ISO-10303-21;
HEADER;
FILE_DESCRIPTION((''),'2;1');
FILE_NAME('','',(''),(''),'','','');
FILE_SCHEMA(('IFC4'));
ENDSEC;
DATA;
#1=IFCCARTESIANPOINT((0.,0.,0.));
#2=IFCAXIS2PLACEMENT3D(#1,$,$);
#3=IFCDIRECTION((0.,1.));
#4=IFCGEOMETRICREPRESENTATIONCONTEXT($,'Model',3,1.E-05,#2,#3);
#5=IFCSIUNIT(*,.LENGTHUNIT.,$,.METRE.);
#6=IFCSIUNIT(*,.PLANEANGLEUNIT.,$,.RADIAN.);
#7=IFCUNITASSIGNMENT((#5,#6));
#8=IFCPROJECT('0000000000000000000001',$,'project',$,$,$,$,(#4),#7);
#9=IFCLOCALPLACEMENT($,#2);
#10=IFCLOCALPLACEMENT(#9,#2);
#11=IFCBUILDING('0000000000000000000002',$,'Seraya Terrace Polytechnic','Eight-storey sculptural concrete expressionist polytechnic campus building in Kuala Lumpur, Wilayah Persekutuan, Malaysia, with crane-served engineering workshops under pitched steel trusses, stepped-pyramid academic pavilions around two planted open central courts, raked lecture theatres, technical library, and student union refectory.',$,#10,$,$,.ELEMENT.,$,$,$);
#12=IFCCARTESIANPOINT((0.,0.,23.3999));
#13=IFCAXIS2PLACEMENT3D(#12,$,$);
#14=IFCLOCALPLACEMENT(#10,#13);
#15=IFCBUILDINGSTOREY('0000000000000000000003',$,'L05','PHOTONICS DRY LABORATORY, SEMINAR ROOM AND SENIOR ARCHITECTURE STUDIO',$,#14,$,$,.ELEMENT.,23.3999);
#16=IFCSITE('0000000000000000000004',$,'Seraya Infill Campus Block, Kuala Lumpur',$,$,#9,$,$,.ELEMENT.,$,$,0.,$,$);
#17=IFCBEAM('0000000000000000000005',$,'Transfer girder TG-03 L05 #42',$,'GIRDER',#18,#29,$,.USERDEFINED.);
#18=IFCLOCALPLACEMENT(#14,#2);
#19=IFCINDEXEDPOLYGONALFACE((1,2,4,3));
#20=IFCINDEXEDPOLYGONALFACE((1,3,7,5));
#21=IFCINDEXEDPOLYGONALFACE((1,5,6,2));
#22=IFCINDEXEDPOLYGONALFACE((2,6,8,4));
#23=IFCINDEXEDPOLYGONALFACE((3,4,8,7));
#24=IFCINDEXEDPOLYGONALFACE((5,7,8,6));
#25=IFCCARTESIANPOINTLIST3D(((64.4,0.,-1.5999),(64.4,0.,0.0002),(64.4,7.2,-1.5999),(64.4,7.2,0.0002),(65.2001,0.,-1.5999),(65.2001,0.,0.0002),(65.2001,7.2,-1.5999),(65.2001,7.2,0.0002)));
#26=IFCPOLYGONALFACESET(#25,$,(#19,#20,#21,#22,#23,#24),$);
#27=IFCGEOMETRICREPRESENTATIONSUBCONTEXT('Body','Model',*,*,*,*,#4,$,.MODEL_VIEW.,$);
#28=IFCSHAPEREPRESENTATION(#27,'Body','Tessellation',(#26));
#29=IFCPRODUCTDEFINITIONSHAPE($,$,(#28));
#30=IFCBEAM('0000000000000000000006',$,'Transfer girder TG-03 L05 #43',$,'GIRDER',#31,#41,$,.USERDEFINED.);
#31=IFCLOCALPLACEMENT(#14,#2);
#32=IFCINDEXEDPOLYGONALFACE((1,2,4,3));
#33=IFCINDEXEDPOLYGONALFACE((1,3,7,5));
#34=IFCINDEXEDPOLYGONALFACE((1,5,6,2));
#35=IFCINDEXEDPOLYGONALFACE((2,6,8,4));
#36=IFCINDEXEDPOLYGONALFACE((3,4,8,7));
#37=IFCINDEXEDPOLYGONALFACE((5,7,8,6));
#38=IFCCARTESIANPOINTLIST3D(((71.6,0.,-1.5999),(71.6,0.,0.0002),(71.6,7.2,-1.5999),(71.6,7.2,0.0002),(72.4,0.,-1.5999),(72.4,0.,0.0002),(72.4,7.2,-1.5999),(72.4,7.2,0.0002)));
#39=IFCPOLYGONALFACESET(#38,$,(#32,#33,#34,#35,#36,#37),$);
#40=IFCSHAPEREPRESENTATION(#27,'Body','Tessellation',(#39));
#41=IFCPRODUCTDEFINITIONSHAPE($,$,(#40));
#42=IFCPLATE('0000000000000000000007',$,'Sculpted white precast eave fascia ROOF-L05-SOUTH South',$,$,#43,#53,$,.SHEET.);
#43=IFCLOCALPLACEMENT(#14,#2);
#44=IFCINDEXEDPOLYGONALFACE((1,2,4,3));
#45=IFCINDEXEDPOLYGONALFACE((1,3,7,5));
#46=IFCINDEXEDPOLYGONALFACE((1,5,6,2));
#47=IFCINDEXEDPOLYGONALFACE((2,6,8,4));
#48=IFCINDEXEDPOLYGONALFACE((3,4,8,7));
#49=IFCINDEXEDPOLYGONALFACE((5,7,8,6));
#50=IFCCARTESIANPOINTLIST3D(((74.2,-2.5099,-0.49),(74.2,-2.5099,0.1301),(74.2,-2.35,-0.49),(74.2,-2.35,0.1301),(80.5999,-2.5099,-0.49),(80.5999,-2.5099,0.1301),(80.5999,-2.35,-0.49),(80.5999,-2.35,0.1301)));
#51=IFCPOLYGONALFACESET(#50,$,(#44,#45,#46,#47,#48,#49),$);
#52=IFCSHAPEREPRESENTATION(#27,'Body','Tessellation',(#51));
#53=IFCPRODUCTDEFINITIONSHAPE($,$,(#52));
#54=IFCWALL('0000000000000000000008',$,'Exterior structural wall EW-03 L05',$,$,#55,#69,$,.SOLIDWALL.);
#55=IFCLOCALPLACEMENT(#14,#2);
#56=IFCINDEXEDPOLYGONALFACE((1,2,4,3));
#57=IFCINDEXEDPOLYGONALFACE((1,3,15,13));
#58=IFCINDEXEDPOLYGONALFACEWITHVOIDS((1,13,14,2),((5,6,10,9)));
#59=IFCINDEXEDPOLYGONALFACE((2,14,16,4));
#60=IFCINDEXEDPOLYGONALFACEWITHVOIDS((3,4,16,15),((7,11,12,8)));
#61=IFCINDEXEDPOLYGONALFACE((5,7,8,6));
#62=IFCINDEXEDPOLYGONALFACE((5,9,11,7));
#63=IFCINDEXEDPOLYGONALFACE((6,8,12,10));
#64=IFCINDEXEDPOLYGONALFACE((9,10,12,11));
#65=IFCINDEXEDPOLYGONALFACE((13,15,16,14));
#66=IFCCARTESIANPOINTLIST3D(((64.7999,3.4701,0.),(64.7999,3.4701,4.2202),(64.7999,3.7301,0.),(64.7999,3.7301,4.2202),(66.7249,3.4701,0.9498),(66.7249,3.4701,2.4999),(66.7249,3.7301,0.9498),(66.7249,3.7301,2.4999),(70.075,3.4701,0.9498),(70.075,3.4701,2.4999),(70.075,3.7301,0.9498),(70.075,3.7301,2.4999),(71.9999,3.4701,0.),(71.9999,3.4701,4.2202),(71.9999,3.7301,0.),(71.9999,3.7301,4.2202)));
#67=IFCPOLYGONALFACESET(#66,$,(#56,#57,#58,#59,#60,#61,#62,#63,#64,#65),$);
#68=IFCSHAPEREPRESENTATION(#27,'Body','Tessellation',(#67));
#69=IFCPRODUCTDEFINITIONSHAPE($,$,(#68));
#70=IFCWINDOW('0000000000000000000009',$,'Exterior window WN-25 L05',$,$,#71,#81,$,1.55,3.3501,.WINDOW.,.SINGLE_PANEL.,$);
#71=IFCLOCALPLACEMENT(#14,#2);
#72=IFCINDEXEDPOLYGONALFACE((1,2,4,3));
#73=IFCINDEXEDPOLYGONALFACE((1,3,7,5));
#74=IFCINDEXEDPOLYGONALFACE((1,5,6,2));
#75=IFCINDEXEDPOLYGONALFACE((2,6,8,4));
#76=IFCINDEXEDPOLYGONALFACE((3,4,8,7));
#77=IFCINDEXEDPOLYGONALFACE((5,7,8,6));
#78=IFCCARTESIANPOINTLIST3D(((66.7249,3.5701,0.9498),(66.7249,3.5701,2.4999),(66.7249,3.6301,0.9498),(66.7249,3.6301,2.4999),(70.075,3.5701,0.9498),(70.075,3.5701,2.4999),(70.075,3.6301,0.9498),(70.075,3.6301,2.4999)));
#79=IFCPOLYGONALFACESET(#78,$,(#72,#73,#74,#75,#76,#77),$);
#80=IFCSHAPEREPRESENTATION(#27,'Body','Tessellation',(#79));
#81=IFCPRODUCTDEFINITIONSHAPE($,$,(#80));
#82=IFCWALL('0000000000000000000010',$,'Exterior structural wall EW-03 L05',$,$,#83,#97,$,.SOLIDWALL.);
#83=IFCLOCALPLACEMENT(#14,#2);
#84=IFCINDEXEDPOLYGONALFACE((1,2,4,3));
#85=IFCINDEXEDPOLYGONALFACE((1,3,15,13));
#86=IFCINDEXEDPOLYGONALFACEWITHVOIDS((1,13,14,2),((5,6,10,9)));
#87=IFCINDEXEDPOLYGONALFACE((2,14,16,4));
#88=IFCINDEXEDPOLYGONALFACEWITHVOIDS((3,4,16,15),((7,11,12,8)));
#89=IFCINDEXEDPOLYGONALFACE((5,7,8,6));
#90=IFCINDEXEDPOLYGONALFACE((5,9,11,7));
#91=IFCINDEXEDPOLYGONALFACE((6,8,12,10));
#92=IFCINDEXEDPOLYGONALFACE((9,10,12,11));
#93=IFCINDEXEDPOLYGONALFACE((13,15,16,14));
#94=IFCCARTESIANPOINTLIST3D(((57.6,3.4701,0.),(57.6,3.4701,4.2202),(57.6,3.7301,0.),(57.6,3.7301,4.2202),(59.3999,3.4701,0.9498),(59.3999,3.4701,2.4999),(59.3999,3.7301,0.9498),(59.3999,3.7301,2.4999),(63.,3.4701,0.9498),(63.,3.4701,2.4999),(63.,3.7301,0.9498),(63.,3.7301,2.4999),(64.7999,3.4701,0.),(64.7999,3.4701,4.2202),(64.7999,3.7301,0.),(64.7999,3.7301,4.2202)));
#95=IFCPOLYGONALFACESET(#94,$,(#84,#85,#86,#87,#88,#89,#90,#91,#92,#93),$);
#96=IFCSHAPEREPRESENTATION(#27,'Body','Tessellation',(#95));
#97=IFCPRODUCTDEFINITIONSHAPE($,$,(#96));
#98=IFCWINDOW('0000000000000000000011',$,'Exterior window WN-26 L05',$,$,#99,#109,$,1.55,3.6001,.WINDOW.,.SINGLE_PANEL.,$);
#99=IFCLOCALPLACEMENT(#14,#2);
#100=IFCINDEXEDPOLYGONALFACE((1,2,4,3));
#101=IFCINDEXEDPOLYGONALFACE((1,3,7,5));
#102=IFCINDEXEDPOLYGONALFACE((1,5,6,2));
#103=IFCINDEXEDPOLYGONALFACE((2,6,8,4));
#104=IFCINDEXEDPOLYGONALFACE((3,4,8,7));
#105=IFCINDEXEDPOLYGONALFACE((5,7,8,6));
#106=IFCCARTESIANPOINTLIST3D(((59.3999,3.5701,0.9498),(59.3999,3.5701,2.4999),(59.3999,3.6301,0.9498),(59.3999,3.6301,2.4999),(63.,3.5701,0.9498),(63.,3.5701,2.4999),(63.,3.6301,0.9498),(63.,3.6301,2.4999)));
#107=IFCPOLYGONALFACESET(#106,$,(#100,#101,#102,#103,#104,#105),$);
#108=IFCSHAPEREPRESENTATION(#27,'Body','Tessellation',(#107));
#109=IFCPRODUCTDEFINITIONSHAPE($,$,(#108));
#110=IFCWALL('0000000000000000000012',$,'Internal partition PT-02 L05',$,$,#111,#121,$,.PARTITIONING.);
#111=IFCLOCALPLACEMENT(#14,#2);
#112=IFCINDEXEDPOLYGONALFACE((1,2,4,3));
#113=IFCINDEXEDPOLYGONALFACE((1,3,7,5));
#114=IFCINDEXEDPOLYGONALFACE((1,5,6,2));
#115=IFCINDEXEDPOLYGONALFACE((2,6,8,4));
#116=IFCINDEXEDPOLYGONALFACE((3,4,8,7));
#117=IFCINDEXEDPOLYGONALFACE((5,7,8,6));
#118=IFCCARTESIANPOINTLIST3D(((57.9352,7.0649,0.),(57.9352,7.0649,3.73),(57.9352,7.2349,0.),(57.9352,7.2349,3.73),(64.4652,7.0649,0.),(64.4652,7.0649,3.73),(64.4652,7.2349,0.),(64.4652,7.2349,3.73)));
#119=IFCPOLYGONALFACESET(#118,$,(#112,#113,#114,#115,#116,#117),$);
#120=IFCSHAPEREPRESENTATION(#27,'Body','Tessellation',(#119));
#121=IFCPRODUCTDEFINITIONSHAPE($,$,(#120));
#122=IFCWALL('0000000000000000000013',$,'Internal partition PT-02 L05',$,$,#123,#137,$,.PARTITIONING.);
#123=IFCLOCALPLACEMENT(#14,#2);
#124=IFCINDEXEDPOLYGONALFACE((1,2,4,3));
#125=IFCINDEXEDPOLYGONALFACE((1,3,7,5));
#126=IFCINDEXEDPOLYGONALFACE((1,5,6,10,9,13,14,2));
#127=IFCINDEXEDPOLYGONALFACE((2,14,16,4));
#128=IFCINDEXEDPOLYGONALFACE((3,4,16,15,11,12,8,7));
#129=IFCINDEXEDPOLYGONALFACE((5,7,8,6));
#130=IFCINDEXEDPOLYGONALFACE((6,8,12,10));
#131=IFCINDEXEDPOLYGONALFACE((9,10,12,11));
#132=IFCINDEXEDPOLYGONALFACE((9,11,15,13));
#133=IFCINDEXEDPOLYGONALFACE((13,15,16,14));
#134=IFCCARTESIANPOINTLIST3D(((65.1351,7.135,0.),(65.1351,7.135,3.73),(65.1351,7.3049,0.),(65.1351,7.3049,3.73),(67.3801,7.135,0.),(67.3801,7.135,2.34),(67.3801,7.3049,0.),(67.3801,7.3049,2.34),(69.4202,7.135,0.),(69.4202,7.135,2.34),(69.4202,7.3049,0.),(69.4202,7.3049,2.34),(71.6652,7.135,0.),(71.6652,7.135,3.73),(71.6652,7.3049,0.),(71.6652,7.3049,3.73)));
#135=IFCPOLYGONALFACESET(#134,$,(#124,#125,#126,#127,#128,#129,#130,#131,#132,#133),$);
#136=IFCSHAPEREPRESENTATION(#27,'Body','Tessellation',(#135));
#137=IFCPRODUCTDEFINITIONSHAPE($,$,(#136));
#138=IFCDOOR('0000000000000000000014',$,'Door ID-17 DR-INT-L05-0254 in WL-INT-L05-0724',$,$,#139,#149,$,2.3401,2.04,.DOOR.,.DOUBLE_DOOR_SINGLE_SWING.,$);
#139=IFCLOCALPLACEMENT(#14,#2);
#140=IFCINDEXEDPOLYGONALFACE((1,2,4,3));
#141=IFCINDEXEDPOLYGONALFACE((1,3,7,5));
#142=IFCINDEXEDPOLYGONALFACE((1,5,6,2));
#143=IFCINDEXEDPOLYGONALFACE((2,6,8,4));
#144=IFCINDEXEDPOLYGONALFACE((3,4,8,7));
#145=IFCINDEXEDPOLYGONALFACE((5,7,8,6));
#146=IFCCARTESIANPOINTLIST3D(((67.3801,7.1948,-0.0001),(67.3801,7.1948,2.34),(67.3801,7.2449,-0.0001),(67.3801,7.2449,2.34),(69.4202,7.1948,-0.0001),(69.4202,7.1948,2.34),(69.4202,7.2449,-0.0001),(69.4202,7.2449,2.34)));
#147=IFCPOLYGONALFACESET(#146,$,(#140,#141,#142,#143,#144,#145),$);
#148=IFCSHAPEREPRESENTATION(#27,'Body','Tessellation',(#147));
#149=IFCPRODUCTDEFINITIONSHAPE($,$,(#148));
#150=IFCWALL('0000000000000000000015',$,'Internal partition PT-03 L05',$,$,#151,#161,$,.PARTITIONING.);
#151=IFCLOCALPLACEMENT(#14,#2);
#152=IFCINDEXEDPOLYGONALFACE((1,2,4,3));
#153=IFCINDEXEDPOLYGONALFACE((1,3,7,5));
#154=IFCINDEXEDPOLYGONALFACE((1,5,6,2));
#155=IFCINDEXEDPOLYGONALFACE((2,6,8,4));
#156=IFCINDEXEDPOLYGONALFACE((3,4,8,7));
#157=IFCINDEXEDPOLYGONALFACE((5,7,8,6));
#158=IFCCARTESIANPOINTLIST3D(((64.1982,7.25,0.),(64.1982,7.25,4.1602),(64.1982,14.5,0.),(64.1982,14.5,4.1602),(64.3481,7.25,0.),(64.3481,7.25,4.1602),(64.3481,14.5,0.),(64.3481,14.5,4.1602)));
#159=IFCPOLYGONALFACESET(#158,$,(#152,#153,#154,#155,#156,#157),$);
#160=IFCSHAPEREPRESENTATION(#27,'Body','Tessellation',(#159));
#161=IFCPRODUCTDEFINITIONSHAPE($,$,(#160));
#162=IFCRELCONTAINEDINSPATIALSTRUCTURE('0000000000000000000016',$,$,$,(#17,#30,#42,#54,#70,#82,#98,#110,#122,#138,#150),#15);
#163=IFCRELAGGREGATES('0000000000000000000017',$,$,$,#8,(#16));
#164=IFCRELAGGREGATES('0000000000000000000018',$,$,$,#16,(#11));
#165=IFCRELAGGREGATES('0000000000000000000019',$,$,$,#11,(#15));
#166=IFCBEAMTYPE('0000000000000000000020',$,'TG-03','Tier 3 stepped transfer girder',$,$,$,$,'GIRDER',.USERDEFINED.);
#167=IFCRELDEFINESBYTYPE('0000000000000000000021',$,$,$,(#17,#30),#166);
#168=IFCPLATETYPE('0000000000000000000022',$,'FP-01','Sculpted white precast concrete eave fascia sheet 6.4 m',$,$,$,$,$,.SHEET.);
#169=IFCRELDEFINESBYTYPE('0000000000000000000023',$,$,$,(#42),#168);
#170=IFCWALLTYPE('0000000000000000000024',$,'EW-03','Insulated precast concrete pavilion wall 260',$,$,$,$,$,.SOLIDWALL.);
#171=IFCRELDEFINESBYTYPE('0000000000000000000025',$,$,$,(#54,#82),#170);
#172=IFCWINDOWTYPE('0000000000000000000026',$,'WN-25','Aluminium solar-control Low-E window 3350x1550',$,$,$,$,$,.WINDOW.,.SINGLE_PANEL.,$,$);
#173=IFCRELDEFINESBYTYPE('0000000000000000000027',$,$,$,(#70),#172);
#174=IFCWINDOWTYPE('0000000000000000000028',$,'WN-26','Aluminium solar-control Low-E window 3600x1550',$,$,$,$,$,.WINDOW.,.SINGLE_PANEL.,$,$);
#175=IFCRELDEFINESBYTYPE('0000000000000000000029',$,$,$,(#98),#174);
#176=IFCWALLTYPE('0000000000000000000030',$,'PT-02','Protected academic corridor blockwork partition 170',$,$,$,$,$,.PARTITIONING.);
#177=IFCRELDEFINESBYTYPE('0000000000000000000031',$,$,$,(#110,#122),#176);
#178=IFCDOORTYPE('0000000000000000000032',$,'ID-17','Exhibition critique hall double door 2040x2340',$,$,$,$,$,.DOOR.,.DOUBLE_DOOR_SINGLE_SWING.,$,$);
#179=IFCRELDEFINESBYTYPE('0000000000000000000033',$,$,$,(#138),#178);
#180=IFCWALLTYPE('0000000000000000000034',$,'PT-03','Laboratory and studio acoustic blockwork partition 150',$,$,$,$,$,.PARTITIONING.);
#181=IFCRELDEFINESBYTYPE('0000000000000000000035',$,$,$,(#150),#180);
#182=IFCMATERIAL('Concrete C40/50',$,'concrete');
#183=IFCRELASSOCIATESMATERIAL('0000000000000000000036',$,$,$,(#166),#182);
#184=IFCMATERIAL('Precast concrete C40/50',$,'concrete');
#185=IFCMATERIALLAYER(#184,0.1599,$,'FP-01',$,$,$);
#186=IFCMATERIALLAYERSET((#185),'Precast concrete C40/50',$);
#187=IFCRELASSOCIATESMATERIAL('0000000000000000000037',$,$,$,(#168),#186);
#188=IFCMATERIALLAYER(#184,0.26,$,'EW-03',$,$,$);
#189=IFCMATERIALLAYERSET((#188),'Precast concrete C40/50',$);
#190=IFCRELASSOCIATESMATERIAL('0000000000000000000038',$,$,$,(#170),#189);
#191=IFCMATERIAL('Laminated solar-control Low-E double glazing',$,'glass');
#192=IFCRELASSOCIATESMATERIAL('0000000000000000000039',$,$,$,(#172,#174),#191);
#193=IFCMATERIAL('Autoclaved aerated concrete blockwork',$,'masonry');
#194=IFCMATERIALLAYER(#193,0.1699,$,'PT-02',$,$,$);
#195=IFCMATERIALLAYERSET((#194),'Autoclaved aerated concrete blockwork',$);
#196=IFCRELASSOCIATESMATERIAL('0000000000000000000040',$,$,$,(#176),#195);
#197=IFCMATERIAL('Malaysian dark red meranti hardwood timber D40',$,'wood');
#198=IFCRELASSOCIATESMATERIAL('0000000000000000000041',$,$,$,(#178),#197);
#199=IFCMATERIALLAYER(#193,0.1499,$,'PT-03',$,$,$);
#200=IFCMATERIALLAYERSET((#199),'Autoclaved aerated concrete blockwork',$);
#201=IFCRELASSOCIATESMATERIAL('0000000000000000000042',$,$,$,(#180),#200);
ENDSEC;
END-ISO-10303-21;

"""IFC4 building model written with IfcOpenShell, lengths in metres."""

from ifc_helpers import new_model, si_unit, direction, frame, frame_2d, origin, origin_2d, place, context, subcontext, project, spatial, rectangle, extrude, material, layer, layer_set, material_profile, profile_set, type_object, element, fill, save


model = new_model("IFC4")

# Units and contexts
model_context = context("Model", 3, precision=1e-05, world=origin(), true_north=direction((0.0, 1.0)))
body_context = subcontext(model_context, "Body", "Model", "MODEL_VIEW")
ifc_project = project(units=[si_unit("LENGTHUNIT", "METRE"), si_unit("PLANEANGLEUNIT", "RADIAN")], contexts=[model_context])

# Site, building, storey
site_placement = place(None, origin())
site = spatial("IfcSite", under=ifc_project, at=site_placement, Name="Seraya Infill Campus Block, Kuala Lumpur", CompositionType="ELEMENT", RefElevation=0.0)
building_placement = place(site_placement, origin())
building = spatial("IfcBuilding", under=site, at=building_placement, Name="Seraya Terrace Polytechnic", Description="Eight-storey sculptural concrete expressionist polytechnic campus building in Kuala Lumpur, Wilayah Persekutuan, Malaysia, with crane-served engineering workshops under pitched steel trusses, stepped-pyramid academic pavilions around two planted open central courts, raked lecture theatres, technical library, and student union refectory.", CompositionType="ELEMENT")
storey_placement = place(building_placement, frame((0.0, 0.0, 23.3999)))
storey = spatial("IfcBuildingStorey", under=building, at=storey_placement, Name="L05", Description="PHOTONICS DRY LABORATORY, SEMINAR ROOM AND SENIOR ARCHITECTURE STUDIO", CompositionType="ELEMENT", Elevation=23.3999)

# Shared definitions
ifc_material_1 = material(Name="Concrete C40/50", Category="concrete")

# Beams
ifc_material_profile_1 = material_profile(ifc_material_1, rectangle(XDim=0.8, YDim=1.6001, at=origin_2d()), Name="RC 800x1600")
ifc_profile_set_1 = profile_set([ifc_material_profile_1], Name="Concrete C40/50")
beam_type_1 = type_object("IfcBeamType", Name="TG-03", Description="Tier 3 stepped transfer girder", ElementType="GIRDER", PredefinedType="USERDEFINED", material=ifc_profile_set_1)
for number, where, z_axis, x_axis, name in (
    (1, (64.8, 0.0, -0.7998), (0.0, 1.0, 0.0), (-1.0, 0.0, 0.0), "Transfer girder TG-03 L05 #42"),
    (2, (72.0, 0.0, -0.7998), (0.0, 1.0, 0.0), (-1.0, 0.0, 0.0), "Transfer girder TG-03 L05 #43"),
):
    element("IfcBeam", number, at=place(storey_placement, frame(where, z_axis=z_axis, x_axis=x_axis)), inside=storey, type_object=beam_type_1, Name=name, ObjectType="GIRDER", PredefinedType="USERDEFINED", context=body_context, shape_type="SweptSolid", body=[
        extrude(rectangle(XDim=0.8, YDim=1.6001, at=origin_2d()), origin(), (0.0, 0.0, 1.0), 7.2),
    ])

# Plate
ifc_material_2 = material(Name="Precast concrete C40/50", Category="concrete")
ifc_layer_1 = layer(ifc_material_2, 0.1599, Name="FP-01")
ifc_layer_set_1 = layer_set([ifc_layer_1], Name="Precast concrete C40/50")
plate_type = type_object("IfcPlateType", Name="FP-01", Description="Sculpted white precast concrete eave fascia sheet 6.4 m", PredefinedType="SHEET", material=ifc_layer_set_1)
plate_placement = place(storey_placement, frame((77.3999, -2.4299, -0.49), z_axis=(0.0, 0.0, 1.0), x_axis=(1.0, 0.0, 0.0)))
element("IfcPlate", 3, at=plate_placement, inside=storey, type_object=plate_type, Name="Sculpted white precast eave fascia ROOF-L05-SOUTH South", PredefinedType="SHEET", context=body_context, shape_type="SweptSolid", body=[
    extrude(rectangle(XDim=6.3999, YDim=0.1599, at=origin_2d()), origin(), (0.0, 0.0, 1.0), 0.6201),
])

# Walls, openings, windows
ifc_layer_2 = layer(ifc_material_2, 0.26, Name="EW-03")
ifc_layer_set_2 = layer_set([ifc_layer_2], Name="Precast concrete C40/50")
wall_type_1 = type_object("IfcWallType", Name="EW-03", Description="Insulated precast concrete pavilion wall 260", PredefinedType="SOLIDWALL", material=ifc_layer_set_2)
wall_1_placement = place(storey_placement, frame((72.0, 3.6001, 0.0), z_axis=(0.0, 0.0, 1.0), x_axis=(-1.0, 0.0, 0.0)))
wall_1 = element("IfcWall", 4, at=wall_1_placement, inside=storey, type_object=wall_type_1, Name="Exterior structural wall EW-03 L05", PredefinedType="SOLIDWALL", context=body_context, shape_type="SweptSolid", body=[
    extrude(rectangle(XDim=7.2, YDim=0.26, at=frame_2d((3.6001, 0.0))), origin(), (0.0, 0.0, 1.0), 4.2202),
])
opening_1_placement = place(wall_1_placement, frame((1.925, 0.0, 0.95)))
opening_1 = element("IfcOpeningElement", 5, at=opening_1_placement, cuts=wall_1, PredefinedType="OPENING", context=body_context, shape_type="SweptSolid", body=[
    extrude(rectangle(XDim=3.3501, YDim=1.55, at=frame_2d((1.675, 0.7749))), frame((0.0, 0.1421, 0.0), z_axis=(0.0, -1.0, 0.0), x_axis=(1.0, 0.0, 0.0)), (0.0, 0.0, 1.0), 0.2839),
])
ifc_material_3 = material(Name="Laminated solar-control Low-E double glazing", Category="glass")
window_type_1 = type_object("IfcWindowType", Name="WN-25", Description="Aluminium solar-control Low-E window 3350x1550", PartitioningType="SINGLE_PANEL", PredefinedType="WINDOW", material=ifc_material_3)
window_1_placement = place(opening_1_placement, origin())
window_1 = element("IfcWindow", 6, at=window_1_placement, inside=storey, type_object=window_type_1, Name="Exterior window WN-25 L05", OverallHeight=1.55, OverallWidth=3.3501, PartitioningType="SINGLE_PANEL", PredefinedType="WINDOW", context=body_context, shape_type="SweptSolid", body=[
    extrude(rectangle(XDim=3.3501, YDim=1.55, at=frame_2d((1.675, 0.7749))), frame((0.0, 0.03, 0.0), z_axis=(0.0, -1.0, 0.0), x_axis=(1.0, 0.0, 0.0)), (0.0, 0.0, 1.0), 0.0601),
])
fill(opening_1, window_1)
wall_2_placement = place(storey_placement, frame((64.8, 3.6001, 0.0), z_axis=(0.0, 0.0, 1.0), x_axis=(-1.0, 0.0, 0.0)))
wall_2 = element("IfcWall", 7, at=wall_2_placement, inside=storey, type_object=wall_type_1, Name="Exterior structural wall EW-03 L05", PredefinedType="SOLIDWALL", context=body_context, shape_type="SweptSolid", body=[
    extrude(rectangle(XDim=7.2, YDim=0.26, at=frame_2d((3.6001, 0.0))), origin(), (0.0, 0.0, 1.0), 4.2202),
])
opening_2_placement = place(wall_2_placement, frame((1.8, 0.0, 0.95)))
opening_2 = element("IfcOpeningElement", 8, at=opening_2_placement, cuts=wall_2, PredefinedType="OPENING", context=body_context, shape_type="SweptSolid", body=[
    extrude(rectangle(XDim=3.6001, YDim=1.55, at=frame_2d((1.8, 0.7749))), frame((0.0, 0.1421, 0.0), z_axis=(0.0, -1.0, 0.0), x_axis=(1.0, 0.0, 0.0)), (0.0, 0.0, 1.0), 0.2839),
])
window_type_2 = type_object("IfcWindowType", Name="WN-26", Description="Aluminium solar-control Low-E window 3600x1550", PartitioningType="SINGLE_PANEL", PredefinedType="WINDOW", material=ifc_material_3)
window_2_placement = place(opening_2_placement, origin())
window_2 = element("IfcWindow", 9, at=window_2_placement, inside=storey, type_object=window_type_2, Name="Exterior window WN-26 L05", OverallHeight=1.55, OverallWidth=3.6001, PartitioningType="SINGLE_PANEL", PredefinedType="WINDOW", context=body_context, shape_type="SweptSolid", body=[
    extrude(rectangle(XDim=3.6001, YDim=1.55, at=frame_2d((1.8, 0.7749))), frame((0.0, 0.03, 0.0), z_axis=(0.0, -1.0, 0.0), x_axis=(1.0, 0.0, 0.0)), (0.0, 0.0, 1.0), 0.0601),
])
fill(opening_2, window_2)

# Wall
ifc_material_4 = material(Name="Autoclaved aerated concrete blockwork", Category="masonry")
ifc_layer_3 = layer(ifc_material_4, 0.1699, Name="PT-02")
ifc_layer_set_3 = layer_set([ifc_layer_3], Name="Autoclaved aerated concrete blockwork")
wall_type_2 = type_object("IfcWallType", Name="PT-02", Description="Protected academic corridor blockwork partition 170", PredefinedType="PARTITIONING", material=ifc_layer_set_3)
wall_3_placement = place(storey_placement, frame((57.9351, 7.1499, 0.0), z_axis=(0.0, 0.0, 1.0), x_axis=(1.0, 0.0, 0.0)))
element("IfcWall", 10, at=wall_3_placement, inside=storey, type_object=wall_type_2, Name="Internal partition PT-02 L05", PredefinedType="PARTITIONING", context=body_context, shape_type="SweptSolid", body=[
    extrude(rectangle(XDim=6.53, YDim=0.1699, at=frame_2d((3.2651, 0.0))), origin(), (0.0, 0.0, 1.0), 3.73),
])

# Wall, opening, door
wall_4_placement = place(storey_placement, frame((65.135, 7.22, 0.0), z_axis=(0.0, 0.0, 1.0), x_axis=(1.0, 0.0, 0.0)))
wall_4 = element("IfcWall", 11, at=wall_4_placement, inside=storey, type_object=wall_type_2, Name="Internal partition PT-02 L05", PredefinedType="PARTITIONING", context=body_context, shape_type="SweptSolid", body=[
    extrude(rectangle(XDim=6.53, YDim=0.1699, at=frame_2d((3.2651, 0.0))), origin(), (0.0, 0.0, 1.0), 3.73),
])
opening_3_placement = place(wall_4_placement, frame((2.2451, 0.0, 0.0)))
opening_3 = element("IfcOpeningElement", 12, at=opening_3_placement, cuts=wall_4, PredefinedType="OPENING", context=body_context, shape_type="SweptSolid", body=[
    extrude(rectangle(XDim=2.04, YDim=2.3401, at=frame_2d((1.02, 1.1699))), frame((0.0, 0.0969, 0.0), z_axis=(0.0, -1.0, 0.0), x_axis=(1.0, 0.0, 0.0)), (0.0, 0.0, 1.0), 0.1938),
])
ifc_material_5 = material(Name="Malaysian dark red meranti hardwood timber D40", Category="wood")
door_type_1 = type_object("IfcDoorType", Name="ID-17", Description="Exhibition critique hall double door 2040x2340", OperationType="DOUBLE_DOOR_SINGLE_SWING", PredefinedType="DOOR", material=ifc_material_5)
door_1_placement = place(opening_3_placement, origin())
door_1 = element("IfcDoor", 13, at=door_1_placement, inside=storey, type_object=door_type_1, Name="Door ID-17 DR-INT-L05-0254 in WL-INT-L05-0724", OperationType="DOUBLE_DOOR_SINGLE_SWING", OverallHeight=2.3401, OverallWidth=2.04, PredefinedType="DOOR", context=body_context, shape_type="SweptSolid", body=[
    extrude(rectangle(XDim=2.04, YDim=2.3401, at=frame_2d((1.02, 1.1699))), frame((0.0, 0.0249, 0.0), z_axis=(0.0, -1.0, 0.0), x_axis=(1.0, 0.0, 0.0)), (0.0, 0.0, 1.0), 0.05),
])
fill(opening_3, door_1)

# Wall
ifc_layer_4 = layer(ifc_material_4, 0.1499, Name="PT-03")
ifc_layer_set_4 = layer_set([ifc_layer_4], Name="Autoclaved aerated concrete blockwork")
wall_type_3 = type_object("IfcWallType", Name="PT-03", Description="Laboratory and studio acoustic blockwork partition 150", PredefinedType="PARTITIONING", material=ifc_layer_set_4)
wall_5_placement = place(storey_placement, frame((64.2732, 7.25, 0.0), z_axis=(0.0, 0.0, 1.0), x_axis=(0.0, 1.0, 0.0)))
element("IfcWall", 14, at=wall_5_placement, inside=storey, type_object=wall_type_3, Name="Internal partition PT-03 L05", PredefinedType="PARTITIONING", context=body_context, shape_type="SweptSolid", body=[
    extrude(rectangle(XDim=7.25, YDim=0.1499, at=frame_2d((3.625, 0.0))), origin(), (0.0, 0.0, 1.0), 4.1602),
])

save(model, "model.ifc")
